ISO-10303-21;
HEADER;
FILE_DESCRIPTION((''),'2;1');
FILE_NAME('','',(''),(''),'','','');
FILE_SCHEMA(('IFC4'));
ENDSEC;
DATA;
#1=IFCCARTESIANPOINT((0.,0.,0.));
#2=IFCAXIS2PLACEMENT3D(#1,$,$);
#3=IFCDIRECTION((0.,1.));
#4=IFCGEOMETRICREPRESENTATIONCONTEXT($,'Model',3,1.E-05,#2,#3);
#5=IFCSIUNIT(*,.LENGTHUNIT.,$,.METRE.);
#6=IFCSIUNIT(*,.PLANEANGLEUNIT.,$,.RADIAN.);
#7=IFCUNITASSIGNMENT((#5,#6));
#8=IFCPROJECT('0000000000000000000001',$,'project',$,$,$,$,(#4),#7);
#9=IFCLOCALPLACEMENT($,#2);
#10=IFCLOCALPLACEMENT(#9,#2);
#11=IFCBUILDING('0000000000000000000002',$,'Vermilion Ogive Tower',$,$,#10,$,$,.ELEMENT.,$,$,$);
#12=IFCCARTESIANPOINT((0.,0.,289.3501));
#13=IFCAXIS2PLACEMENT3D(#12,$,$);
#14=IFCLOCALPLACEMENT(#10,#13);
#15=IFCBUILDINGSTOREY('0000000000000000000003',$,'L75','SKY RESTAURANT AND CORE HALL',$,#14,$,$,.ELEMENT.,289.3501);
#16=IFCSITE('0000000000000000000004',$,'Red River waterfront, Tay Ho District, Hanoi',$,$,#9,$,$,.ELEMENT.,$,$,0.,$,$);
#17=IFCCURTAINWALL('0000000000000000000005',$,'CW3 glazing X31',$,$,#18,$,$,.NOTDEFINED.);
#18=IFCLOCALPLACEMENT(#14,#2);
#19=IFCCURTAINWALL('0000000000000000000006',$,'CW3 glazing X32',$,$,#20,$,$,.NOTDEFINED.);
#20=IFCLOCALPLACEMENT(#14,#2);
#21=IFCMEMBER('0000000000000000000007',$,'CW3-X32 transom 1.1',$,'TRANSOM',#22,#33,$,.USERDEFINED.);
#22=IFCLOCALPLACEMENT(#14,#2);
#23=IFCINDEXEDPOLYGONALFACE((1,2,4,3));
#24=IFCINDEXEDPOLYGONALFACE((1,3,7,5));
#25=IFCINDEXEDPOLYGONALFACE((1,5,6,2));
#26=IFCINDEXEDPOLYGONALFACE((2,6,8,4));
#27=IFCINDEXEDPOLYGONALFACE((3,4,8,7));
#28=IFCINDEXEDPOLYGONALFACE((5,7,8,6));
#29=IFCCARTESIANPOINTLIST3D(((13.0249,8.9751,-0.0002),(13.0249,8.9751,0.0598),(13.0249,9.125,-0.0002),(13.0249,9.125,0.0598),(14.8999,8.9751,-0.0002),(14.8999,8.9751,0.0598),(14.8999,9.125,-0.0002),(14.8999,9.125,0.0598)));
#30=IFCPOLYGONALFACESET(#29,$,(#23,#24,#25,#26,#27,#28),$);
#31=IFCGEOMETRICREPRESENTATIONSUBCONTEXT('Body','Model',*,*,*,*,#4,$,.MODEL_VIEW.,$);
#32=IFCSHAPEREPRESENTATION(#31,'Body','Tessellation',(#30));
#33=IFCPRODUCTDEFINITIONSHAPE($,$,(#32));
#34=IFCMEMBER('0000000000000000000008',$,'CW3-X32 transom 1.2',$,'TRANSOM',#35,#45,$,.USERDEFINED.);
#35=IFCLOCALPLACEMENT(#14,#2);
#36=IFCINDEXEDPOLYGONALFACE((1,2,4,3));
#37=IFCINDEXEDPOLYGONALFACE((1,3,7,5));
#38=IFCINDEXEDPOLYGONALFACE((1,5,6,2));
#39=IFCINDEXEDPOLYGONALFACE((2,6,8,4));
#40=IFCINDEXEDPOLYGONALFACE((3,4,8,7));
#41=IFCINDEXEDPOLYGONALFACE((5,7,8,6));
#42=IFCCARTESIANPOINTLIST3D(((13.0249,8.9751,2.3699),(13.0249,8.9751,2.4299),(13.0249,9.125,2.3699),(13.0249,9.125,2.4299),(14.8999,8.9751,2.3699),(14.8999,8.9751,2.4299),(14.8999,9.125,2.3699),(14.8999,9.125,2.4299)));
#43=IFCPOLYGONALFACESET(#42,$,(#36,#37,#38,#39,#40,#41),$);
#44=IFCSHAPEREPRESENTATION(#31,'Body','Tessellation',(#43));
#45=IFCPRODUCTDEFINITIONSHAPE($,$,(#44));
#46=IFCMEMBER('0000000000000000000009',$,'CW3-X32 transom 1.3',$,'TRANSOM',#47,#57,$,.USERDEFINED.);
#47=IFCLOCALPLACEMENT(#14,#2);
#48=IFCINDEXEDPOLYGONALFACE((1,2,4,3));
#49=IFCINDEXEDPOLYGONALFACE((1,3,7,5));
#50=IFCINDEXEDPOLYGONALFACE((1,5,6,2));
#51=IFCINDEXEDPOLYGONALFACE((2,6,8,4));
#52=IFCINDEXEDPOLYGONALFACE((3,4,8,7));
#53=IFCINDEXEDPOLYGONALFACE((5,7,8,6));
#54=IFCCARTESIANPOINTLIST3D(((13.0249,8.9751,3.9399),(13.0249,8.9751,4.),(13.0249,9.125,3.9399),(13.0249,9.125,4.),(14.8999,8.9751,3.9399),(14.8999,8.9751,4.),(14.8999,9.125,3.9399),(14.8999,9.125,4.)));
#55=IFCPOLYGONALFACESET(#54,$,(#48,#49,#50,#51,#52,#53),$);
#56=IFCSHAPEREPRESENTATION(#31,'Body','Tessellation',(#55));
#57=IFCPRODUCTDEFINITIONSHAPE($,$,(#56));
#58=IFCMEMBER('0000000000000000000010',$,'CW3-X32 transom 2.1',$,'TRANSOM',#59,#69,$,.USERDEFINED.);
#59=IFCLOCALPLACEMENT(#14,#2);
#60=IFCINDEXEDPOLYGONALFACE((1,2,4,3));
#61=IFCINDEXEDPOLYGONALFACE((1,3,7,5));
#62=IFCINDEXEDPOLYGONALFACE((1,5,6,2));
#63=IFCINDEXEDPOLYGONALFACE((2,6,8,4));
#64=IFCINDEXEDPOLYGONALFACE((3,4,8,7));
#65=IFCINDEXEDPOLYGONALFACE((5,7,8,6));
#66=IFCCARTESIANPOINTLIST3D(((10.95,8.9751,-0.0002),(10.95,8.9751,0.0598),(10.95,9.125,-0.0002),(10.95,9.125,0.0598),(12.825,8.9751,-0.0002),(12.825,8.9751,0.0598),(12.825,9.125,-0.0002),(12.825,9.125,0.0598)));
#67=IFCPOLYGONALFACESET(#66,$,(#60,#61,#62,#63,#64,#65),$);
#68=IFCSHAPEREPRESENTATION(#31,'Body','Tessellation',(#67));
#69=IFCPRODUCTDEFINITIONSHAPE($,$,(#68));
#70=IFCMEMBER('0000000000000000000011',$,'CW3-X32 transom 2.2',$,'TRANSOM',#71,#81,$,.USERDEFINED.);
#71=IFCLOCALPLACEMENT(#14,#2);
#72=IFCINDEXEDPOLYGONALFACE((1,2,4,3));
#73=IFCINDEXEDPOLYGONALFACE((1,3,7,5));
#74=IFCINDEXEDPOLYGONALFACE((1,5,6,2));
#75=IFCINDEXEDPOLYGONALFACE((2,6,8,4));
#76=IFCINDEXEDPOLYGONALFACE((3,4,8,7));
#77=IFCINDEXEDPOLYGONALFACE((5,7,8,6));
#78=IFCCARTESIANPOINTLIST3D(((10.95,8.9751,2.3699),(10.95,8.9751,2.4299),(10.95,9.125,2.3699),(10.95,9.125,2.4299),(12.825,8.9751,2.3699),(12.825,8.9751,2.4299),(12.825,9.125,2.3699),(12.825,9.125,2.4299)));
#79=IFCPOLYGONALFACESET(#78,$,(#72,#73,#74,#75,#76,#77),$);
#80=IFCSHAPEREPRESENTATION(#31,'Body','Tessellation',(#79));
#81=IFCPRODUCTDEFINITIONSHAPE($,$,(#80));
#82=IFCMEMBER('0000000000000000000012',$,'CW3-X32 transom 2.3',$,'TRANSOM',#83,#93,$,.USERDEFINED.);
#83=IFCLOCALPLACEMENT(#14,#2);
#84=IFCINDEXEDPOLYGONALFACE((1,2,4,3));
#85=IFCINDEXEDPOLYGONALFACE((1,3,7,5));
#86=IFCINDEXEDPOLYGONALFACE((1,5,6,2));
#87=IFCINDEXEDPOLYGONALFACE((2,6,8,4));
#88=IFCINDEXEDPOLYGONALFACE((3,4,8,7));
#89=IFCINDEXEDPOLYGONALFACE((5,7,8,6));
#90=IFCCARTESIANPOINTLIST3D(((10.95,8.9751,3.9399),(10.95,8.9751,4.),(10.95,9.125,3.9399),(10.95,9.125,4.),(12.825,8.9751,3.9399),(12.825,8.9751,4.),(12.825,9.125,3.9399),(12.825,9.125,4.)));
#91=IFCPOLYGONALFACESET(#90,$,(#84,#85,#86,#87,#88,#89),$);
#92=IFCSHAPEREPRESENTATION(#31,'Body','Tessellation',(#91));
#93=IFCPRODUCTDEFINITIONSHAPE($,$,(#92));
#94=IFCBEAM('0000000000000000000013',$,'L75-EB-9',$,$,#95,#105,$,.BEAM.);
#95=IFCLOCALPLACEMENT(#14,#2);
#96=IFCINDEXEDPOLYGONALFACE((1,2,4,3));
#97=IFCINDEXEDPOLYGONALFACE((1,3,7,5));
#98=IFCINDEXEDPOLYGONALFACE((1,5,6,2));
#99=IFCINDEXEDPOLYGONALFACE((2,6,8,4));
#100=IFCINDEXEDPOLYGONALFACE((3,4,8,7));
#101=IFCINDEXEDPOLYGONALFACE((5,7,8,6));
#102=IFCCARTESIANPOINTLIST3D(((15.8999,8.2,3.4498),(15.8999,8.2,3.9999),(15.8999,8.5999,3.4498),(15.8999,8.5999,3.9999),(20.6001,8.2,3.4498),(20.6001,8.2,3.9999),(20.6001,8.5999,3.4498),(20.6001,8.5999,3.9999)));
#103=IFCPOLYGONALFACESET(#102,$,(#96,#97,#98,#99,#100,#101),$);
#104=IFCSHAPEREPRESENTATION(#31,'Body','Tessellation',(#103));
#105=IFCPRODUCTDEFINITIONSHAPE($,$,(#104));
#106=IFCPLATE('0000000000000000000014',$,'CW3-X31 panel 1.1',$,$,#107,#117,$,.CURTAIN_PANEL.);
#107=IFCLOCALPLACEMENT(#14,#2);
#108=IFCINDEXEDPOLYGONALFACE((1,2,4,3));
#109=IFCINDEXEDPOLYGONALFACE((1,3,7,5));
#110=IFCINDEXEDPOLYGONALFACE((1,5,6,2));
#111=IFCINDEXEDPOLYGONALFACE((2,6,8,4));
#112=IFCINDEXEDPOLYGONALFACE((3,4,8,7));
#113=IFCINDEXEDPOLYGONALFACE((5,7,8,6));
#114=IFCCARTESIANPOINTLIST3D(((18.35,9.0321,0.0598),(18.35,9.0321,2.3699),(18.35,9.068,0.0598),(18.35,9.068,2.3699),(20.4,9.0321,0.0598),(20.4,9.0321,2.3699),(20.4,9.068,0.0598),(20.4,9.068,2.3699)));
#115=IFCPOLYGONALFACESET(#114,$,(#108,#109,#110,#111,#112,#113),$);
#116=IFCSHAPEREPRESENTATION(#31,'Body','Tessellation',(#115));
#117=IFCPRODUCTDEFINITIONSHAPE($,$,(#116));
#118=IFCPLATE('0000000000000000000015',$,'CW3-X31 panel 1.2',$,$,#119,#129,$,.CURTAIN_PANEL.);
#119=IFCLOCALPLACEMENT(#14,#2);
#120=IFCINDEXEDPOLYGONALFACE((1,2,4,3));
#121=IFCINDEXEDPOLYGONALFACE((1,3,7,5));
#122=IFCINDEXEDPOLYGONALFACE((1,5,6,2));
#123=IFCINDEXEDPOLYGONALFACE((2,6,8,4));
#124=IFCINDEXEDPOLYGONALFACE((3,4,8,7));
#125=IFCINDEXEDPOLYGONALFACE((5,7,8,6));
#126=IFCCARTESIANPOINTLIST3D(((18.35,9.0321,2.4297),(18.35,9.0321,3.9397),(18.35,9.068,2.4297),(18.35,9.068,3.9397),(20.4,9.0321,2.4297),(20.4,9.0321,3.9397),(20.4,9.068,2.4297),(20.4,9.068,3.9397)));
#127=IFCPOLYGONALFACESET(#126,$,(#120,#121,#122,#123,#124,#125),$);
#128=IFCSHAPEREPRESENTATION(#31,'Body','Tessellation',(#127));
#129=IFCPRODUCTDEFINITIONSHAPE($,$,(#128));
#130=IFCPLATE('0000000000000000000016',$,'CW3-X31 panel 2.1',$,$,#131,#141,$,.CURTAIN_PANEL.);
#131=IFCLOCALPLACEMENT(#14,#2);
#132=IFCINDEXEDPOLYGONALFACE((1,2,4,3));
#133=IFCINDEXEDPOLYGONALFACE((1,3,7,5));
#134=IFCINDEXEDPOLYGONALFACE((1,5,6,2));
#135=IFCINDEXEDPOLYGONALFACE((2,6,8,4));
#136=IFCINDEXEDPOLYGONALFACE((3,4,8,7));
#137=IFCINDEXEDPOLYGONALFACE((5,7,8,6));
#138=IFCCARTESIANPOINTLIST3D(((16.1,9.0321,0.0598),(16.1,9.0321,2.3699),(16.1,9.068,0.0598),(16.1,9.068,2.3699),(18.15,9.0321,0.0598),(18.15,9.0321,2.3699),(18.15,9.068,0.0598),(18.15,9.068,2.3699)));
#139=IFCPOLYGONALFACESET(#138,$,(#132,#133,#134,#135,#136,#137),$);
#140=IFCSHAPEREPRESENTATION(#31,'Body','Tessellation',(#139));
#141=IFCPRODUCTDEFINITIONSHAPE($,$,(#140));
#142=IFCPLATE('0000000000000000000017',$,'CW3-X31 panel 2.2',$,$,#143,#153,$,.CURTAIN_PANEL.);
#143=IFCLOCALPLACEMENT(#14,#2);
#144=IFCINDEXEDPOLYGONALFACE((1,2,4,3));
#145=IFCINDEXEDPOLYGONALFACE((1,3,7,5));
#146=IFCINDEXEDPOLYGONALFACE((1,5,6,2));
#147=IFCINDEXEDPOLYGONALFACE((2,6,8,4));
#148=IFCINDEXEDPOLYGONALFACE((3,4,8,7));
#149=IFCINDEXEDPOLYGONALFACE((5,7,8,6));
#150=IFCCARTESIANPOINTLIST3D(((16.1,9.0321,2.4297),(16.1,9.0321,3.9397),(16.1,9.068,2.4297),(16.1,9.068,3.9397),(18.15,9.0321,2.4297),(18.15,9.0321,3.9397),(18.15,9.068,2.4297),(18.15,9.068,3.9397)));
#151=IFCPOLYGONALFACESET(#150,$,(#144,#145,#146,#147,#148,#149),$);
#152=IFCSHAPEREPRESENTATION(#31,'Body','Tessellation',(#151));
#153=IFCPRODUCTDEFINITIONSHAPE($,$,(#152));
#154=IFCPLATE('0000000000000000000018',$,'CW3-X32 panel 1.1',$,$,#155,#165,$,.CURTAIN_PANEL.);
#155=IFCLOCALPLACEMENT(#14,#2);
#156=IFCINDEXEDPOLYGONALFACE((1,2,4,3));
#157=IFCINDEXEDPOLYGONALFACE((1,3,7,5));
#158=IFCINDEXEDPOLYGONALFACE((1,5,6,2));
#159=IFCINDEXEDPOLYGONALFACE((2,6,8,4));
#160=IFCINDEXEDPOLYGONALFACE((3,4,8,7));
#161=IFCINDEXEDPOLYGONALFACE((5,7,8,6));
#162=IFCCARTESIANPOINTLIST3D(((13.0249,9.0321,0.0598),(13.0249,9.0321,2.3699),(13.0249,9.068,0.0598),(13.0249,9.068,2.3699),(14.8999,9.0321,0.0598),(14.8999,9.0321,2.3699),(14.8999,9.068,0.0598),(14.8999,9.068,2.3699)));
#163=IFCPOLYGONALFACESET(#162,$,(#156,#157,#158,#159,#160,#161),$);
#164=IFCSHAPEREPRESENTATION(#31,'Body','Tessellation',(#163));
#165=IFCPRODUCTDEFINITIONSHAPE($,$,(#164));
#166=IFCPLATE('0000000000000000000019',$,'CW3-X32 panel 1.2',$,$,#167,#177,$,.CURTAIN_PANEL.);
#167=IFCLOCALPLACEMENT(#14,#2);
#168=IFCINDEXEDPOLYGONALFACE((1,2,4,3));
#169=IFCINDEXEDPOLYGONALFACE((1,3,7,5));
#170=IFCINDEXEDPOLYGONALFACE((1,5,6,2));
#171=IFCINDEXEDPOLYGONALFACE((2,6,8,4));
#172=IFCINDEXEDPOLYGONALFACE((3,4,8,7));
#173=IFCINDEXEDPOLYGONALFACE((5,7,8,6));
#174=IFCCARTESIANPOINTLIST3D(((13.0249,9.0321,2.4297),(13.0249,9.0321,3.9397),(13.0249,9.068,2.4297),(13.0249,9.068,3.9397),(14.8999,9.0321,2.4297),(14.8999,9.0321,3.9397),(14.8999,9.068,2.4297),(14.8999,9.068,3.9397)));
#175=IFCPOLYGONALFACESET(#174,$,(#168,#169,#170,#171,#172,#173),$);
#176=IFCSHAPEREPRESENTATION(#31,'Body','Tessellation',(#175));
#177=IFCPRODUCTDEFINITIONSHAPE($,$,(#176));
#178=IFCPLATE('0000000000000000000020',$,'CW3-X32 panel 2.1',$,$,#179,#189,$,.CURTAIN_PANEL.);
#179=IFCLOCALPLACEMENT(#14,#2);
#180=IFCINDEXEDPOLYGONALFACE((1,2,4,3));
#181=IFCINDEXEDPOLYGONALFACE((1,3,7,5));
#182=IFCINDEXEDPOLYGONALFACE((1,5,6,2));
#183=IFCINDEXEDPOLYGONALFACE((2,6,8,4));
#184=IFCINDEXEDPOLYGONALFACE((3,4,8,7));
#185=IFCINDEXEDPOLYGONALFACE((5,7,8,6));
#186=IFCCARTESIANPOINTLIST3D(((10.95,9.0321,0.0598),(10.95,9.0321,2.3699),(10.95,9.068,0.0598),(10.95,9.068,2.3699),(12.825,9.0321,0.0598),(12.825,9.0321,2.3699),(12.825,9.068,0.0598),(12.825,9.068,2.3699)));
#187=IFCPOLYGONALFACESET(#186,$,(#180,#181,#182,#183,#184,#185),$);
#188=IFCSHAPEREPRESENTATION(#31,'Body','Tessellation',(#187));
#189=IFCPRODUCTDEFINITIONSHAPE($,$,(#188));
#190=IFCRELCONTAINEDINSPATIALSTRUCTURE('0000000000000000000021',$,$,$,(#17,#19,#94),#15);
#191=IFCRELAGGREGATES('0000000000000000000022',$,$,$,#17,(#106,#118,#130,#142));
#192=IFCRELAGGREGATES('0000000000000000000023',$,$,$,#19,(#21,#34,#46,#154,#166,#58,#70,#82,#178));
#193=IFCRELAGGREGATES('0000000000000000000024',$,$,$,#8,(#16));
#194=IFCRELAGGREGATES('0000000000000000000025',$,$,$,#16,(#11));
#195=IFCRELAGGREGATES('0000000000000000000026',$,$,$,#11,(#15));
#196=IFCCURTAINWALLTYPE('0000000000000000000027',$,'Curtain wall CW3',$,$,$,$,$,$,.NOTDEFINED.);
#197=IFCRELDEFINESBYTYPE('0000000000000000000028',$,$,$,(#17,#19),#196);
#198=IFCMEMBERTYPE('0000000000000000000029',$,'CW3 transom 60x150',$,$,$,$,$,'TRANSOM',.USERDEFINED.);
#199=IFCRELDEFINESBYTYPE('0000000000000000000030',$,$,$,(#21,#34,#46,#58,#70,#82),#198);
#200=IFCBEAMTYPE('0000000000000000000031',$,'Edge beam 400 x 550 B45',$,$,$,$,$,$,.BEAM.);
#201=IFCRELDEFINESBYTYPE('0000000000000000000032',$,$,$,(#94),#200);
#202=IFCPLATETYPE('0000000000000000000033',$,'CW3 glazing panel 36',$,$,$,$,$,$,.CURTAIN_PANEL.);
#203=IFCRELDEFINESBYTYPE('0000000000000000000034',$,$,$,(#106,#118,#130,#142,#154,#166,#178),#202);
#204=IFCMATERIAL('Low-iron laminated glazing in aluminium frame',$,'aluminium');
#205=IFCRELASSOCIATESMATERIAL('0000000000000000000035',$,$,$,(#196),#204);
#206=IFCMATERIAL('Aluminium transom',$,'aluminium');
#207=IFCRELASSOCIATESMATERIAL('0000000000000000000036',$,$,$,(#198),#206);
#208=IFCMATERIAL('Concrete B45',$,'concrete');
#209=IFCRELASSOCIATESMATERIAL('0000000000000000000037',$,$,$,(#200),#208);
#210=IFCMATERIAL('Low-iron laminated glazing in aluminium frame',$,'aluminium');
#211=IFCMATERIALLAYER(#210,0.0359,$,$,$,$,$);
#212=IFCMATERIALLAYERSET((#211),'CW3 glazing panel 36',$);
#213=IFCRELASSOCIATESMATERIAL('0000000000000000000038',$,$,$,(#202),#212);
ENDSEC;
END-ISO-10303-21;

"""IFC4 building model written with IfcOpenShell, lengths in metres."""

from ifc_helpers import new_model, si_unit, direction, frame, origin, origin_2d, place, context, subcontext, project, spatial, rectangle, extrude, material, layer, layer_set, material_profile, profile_set, type_object, element, aggregate, save


model = new_model("IFC4")

# Units and contexts
model_context = context("Model", 3, precision=1e-05, world=origin(), true_north=direction((0.0, 1.0)))
body_context = subcontext(model_context, "Body", "Model", "MODEL_VIEW")
ifc_project = project(units=[si_unit("LENGTHUNIT", "METRE"), si_unit("PLANEANGLEUNIT", "RADIAN")], contexts=[model_context])

# Site, building, storey
site_placement = place(None, origin())
site = spatial("IfcSite", under=ifc_project, at=site_placement, Name="Red River waterfront, Tay Ho District, Hanoi", CompositionType="ELEMENT", RefElevation=0.0)
building_placement = place(site_placement, origin())
building = spatial("IfcBuilding", under=site, at=building_placement, Name="Vermilion Ogive Tower", CompositionType="ELEMENT")
storey_placement = place(building_placement, frame((0.0, 0.0, 289.3501)))
storey = spatial("IfcBuildingStorey", under=building, at=storey_placement, Name="L75", Description="SKY RESTAURANT AND CORE HALL", CompositionType="ELEMENT", Elevation=289.3501)

# Curtain walls
ifc_material_1 = material(Name="Low-iron laminated glazing in aluminium frame", Category="aluminium")
curtain_wall_type = type_object("IfcCurtainWallType", Name="Curtain wall CW3", PredefinedType="NOTDEFINED", material=ifc_material_1)
curtain_wall_1_placement = place(storey_placement, origin())
curtain_wall_1 = element("IfcCurtainWall", 1, at=curtain_wall_1_placement, inside=storey, type_object=curtain_wall_type, Name="CW3 glazing X31", PredefinedType="NOTDEFINED")
curtain_wall_2_placement = place(storey_placement, origin())
curtain_wall_2 = element("IfcCurtainWall", 2, at=curtain_wall_2_placement, inside=storey, type_object=curtain_wall_type, Name="CW3 glazing X32", PredefinedType="NOTDEFINED")

# Members
ifc_material_2 = material(Name="Aluminium transom", Category="aluminium")
ifc_material_profile_1 = material_profile(ifc_material_2, rectangle(XDim=0.1499, YDim=0.0601, at=origin_2d()), Name="AL 60x150")
ifc_profile_set_1 = profile_set([ifc_material_profile_1], Name="Aluminium transom")
member_type_1 = type_object("IfcMemberType", Name="CW3 transom 60x150", ElementType="TRANSOM", PredefinedType="USERDEFINED", material=ifc_profile_set_1)
member_1_placement = place(storey_placement, frame((14.8999, 9.05, 0.0298), z_axis=(-1.0, 0.0, 0.0), x_axis=(0.0, -1.0, 0.0)))
member_1 = element("IfcMember", 3, at=member_1_placement, type_object=member_type_1, Name="CW3-X32 transom 1.1", ObjectType="TRANSOM", PredefinedType="USERDEFINED", context=body_context, shape_type="SweptSolid", body=[
    extrude(rectangle(XDim=0.1499, YDim=0.0601, at=origin_2d()), origin(), (0.0, 0.0, 1.0), 1.875),
])
member_2_placement = place(storey_placement, frame((14.8999, 9.05, 2.3999), z_axis=(-1.0, 0.0, 0.0), x_axis=(0.0, -1.0, 0.0)))
member_2 = element("IfcMember", 4, at=member_2_placement, type_object=member_type_1, Name="CW3-X32 transom 1.2", ObjectType="TRANSOM", PredefinedType="USERDEFINED", context=body_context, shape_type="SweptSolid", body=[
    extrude(rectangle(XDim=0.1499, YDim=0.0601, at=origin_2d()), origin(), (0.0, 0.0, 1.0), 1.875),
])
member_3_placement = place(storey_placement, frame((14.8999, 9.05, 3.97), z_axis=(-1.0, 0.0, 0.0), x_axis=(0.0, -1.0, 0.0)))
member_3 = element("IfcMember", 5, at=member_3_placement, type_object=member_type_1, Name="CW3-X32 transom 1.3", ObjectType="TRANSOM", PredefinedType="USERDEFINED", context=body_context, shape_type="SweptSolid", body=[
    extrude(rectangle(XDim=0.1499, YDim=0.0601, at=origin_2d()), origin(), (0.0, 0.0, 1.0), 1.875),
])
member_4_placement = place(storey_placement, frame((12.825, 9.05, 0.0298), z_axis=(-1.0, 0.0, 0.0), x_axis=(0.0, -1.0, 0.0)))
member_4 = element("IfcMember", 6, at=member_4_placement, type_object=member_type_1, Name="CW3-X32 transom 2.1", ObjectType="TRANSOM", PredefinedType="USERDEFINED", context=body_context, shape_type="SweptSolid", body=[
    extrude(rectangle(XDim=0.1499, YDim=0.0601, at=origin_2d()), origin(), (0.0, 0.0, 1.0), 1.875),
])
member_5_placement = place(storey_placement, frame((12.825, 9.05, 2.3999), z_axis=(-1.0, 0.0, 0.0), x_axis=(0.0, -1.0, 0.0)))
member_5 = element("IfcMember", 7, at=member_5_placement, type_object=member_type_1, Name="CW3-X32 transom 2.2", ObjectType="TRANSOM", PredefinedType="USERDEFINED", context=body_context, shape_type="SweptSolid", body=[
    extrude(rectangle(XDim=0.1499, YDim=0.0601, at=origin_2d()), origin(), (0.0, 0.0, 1.0), 1.875),
])
member_6_placement = place(storey_placement, frame((12.825, 9.05, 3.97), z_axis=(-1.0, 0.0, 0.0), x_axis=(0.0, -1.0, 0.0)))
member_6 = element("IfcMember", 8, at=member_6_placement, type_object=member_type_1, Name="CW3-X32 transom 2.3", ObjectType="TRANSOM", PredefinedType="USERDEFINED", context=body_context, shape_type="SweptSolid", body=[
    extrude(rectangle(XDim=0.1499, YDim=0.0601, at=origin_2d()), origin(), (0.0, 0.0, 1.0), 1.875),
])

# Beam
ifc_material_3 = material(Name="Concrete B45", Category="concrete")
ifc_material_profile_2 = material_profile(ifc_material_3, rectangle(XDim=0.3999, YDim=0.55, at=origin_2d()), Name="400 x 550")
ifc_profile_set_2 = profile_set([ifc_material_profile_2], Name="Concrete B45")
beam_type = type_object("IfcBeamType", Name="Edge beam 400 x 550 B45", PredefinedType="BEAM", material=ifc_profile_set_2)
beam_placement = place(storey_placement, frame((20.6001, 8.3999, 3.7249), z_axis=(-1.0, 0.0, 0.0), x_axis=(0.0, -1.0, 0.0)))
element("IfcBeam", 9, at=beam_placement, inside=storey, type_object=beam_type, Name="L75-EB-9", PredefinedType="BEAM", context=body_context, shape_type="SweptSolid", body=[
    extrude(rectangle(XDim=0.3999, YDim=0.55, at=origin_2d()), origin(), (0.0, 0.0, 1.0), 4.7002),
])

# Plates
ifc_material_4 = material(Name="Low-iron laminated glazing in aluminium frame", Category="aluminium")
ifc_layer_1 = layer(ifc_material_4, 0.0359)
ifc_layer_set_1 = layer_set([ifc_layer_1], Name="CW3 glazing panel 36")
plate_type = type_object("IfcPlateType", Name="CW3 glazing panel 36", PredefinedType="CURTAIN_PANEL", material=ifc_layer_set_1)
plate_1_placement = place(storey_placement, frame((19.375, 9.05, 0.0598), z_axis=(0.0, 0.0, 1.0), x_axis=(-1.0, 0.0, 0.0)))
plate_1 = element("IfcPlate", 10, at=plate_1_placement, type_object=plate_type, Name="CW3-X31 panel 1.1", PredefinedType="CURTAIN_PANEL", context=body_context, shape_type="SweptSolid", body=[
    extrude(rectangle(XDim=2.05, YDim=0.0359, at=origin_2d()), origin(), (0.0, 0.0, 1.0), 2.3101),
])
plate_2_placement = place(storey_placement, frame((19.375, 9.05, 2.4297), z_axis=(0.0, 0.0, 1.0), x_axis=(-1.0, 0.0, 0.0)))
plate_2 = element("IfcPlate", 11, at=plate_2_placement, type_object=plate_type, Name="CW3-X31 panel 1.2", PredefinedType="CURTAIN_PANEL", context=body_context, shape_type="SweptSolid", body=[
    extrude(rectangle(XDim=2.05, YDim=0.0359, at=origin_2d()), origin(), (0.0, 0.0, 1.0), 1.51),
])
plate_3_placement = place(storey_placement, frame((17.125, 9.05, 0.0598), z_axis=(0.0, 0.0, 1.0), x_axis=(-1.0, 0.0, 0.0)))
plate_3 = element("IfcPlate", 12, at=plate_3_placement, type_object=plate_type, Name="CW3-X31 panel 2.1", PredefinedType="CURTAIN_PANEL", context=body_context, shape_type="SweptSolid", body=[
    extrude(rectangle(XDim=2.05, YDim=0.0359, at=origin_2d()), origin(), (0.0, 0.0, 1.0), 2.3101),
])
plate_4_placement = place(storey_placement, frame((17.125, 9.05, 2.4297), z_axis=(0.0, 0.0, 1.0), x_axis=(-1.0, 0.0, 0.0)))
plate_4 = element("IfcPlate", 13, at=plate_4_placement, type_object=plate_type, Name="CW3-X31 panel 2.2", PredefinedType="CURTAIN_PANEL", context=body_context, shape_type="SweptSolid", body=[
    extrude(rectangle(XDim=2.05, YDim=0.0359, at=origin_2d()), origin(), (0.0, 0.0, 1.0), 1.51),
])
aggregate(curtain_wall_1, [plate_1, plate_2, plate_3, plate_4])
plate_5_placement = place(storey_placement, frame((13.9624, 9.05, 0.0598), z_axis=(0.0, 0.0, 1.0), x_axis=(-1.0, 0.0, 0.0)))
plate_5 = element("IfcPlate", 14, at=plate_5_placement, type_object=plate_type, Name="CW3-X32 panel 1.1", PredefinedType="CURTAIN_PANEL", context=body_context, shape_type="SweptSolid", body=[
    extrude(rectangle(XDim=1.875, YDim=0.0359, at=origin_2d()), origin(), (0.0, 0.0, 1.0), 2.3101),
])
plate_6_placement = place(storey_placement, frame((13.9624, 9.05, 2.4297), z_axis=(0.0, 0.0, 1.0), x_axis=(-1.0, 0.0, 0.0)))
plate_6 = element("IfcPlate", 15, at=plate_6_placement, type_object=plate_type, Name="CW3-X32 panel 1.2", PredefinedType="CURTAIN_PANEL", context=body_context, shape_type="SweptSolid", body=[
    extrude(rectangle(XDim=1.875, YDim=0.0359, at=origin_2d()), origin(), (0.0, 0.0, 1.0), 1.51),
])
plate_7_placement = place(storey_placement, frame((11.8875, 9.05, 0.0598), z_axis=(0.0, 0.0, 1.0), x_axis=(-1.0, 0.0, 0.0)))
plate_7 = element("IfcPlate", 16, at=plate_7_placement, type_object=plate_type, Name="CW3-X32 panel 2.1", PredefinedType="CURTAIN_PANEL", context=body_context, shape_type="SweptSolid", body=[
    extrude(rectangle(XDim=1.875, YDim=0.0359, at=origin_2d()), origin(), (0.0, 0.0, 1.0), 2.3101),
])
aggregate(curtain_wall_2, [member_1, member_2, member_3, plate_5, plate_6, member_4, member_5, member_6, plate_7])

save(model, "model.ifc")
